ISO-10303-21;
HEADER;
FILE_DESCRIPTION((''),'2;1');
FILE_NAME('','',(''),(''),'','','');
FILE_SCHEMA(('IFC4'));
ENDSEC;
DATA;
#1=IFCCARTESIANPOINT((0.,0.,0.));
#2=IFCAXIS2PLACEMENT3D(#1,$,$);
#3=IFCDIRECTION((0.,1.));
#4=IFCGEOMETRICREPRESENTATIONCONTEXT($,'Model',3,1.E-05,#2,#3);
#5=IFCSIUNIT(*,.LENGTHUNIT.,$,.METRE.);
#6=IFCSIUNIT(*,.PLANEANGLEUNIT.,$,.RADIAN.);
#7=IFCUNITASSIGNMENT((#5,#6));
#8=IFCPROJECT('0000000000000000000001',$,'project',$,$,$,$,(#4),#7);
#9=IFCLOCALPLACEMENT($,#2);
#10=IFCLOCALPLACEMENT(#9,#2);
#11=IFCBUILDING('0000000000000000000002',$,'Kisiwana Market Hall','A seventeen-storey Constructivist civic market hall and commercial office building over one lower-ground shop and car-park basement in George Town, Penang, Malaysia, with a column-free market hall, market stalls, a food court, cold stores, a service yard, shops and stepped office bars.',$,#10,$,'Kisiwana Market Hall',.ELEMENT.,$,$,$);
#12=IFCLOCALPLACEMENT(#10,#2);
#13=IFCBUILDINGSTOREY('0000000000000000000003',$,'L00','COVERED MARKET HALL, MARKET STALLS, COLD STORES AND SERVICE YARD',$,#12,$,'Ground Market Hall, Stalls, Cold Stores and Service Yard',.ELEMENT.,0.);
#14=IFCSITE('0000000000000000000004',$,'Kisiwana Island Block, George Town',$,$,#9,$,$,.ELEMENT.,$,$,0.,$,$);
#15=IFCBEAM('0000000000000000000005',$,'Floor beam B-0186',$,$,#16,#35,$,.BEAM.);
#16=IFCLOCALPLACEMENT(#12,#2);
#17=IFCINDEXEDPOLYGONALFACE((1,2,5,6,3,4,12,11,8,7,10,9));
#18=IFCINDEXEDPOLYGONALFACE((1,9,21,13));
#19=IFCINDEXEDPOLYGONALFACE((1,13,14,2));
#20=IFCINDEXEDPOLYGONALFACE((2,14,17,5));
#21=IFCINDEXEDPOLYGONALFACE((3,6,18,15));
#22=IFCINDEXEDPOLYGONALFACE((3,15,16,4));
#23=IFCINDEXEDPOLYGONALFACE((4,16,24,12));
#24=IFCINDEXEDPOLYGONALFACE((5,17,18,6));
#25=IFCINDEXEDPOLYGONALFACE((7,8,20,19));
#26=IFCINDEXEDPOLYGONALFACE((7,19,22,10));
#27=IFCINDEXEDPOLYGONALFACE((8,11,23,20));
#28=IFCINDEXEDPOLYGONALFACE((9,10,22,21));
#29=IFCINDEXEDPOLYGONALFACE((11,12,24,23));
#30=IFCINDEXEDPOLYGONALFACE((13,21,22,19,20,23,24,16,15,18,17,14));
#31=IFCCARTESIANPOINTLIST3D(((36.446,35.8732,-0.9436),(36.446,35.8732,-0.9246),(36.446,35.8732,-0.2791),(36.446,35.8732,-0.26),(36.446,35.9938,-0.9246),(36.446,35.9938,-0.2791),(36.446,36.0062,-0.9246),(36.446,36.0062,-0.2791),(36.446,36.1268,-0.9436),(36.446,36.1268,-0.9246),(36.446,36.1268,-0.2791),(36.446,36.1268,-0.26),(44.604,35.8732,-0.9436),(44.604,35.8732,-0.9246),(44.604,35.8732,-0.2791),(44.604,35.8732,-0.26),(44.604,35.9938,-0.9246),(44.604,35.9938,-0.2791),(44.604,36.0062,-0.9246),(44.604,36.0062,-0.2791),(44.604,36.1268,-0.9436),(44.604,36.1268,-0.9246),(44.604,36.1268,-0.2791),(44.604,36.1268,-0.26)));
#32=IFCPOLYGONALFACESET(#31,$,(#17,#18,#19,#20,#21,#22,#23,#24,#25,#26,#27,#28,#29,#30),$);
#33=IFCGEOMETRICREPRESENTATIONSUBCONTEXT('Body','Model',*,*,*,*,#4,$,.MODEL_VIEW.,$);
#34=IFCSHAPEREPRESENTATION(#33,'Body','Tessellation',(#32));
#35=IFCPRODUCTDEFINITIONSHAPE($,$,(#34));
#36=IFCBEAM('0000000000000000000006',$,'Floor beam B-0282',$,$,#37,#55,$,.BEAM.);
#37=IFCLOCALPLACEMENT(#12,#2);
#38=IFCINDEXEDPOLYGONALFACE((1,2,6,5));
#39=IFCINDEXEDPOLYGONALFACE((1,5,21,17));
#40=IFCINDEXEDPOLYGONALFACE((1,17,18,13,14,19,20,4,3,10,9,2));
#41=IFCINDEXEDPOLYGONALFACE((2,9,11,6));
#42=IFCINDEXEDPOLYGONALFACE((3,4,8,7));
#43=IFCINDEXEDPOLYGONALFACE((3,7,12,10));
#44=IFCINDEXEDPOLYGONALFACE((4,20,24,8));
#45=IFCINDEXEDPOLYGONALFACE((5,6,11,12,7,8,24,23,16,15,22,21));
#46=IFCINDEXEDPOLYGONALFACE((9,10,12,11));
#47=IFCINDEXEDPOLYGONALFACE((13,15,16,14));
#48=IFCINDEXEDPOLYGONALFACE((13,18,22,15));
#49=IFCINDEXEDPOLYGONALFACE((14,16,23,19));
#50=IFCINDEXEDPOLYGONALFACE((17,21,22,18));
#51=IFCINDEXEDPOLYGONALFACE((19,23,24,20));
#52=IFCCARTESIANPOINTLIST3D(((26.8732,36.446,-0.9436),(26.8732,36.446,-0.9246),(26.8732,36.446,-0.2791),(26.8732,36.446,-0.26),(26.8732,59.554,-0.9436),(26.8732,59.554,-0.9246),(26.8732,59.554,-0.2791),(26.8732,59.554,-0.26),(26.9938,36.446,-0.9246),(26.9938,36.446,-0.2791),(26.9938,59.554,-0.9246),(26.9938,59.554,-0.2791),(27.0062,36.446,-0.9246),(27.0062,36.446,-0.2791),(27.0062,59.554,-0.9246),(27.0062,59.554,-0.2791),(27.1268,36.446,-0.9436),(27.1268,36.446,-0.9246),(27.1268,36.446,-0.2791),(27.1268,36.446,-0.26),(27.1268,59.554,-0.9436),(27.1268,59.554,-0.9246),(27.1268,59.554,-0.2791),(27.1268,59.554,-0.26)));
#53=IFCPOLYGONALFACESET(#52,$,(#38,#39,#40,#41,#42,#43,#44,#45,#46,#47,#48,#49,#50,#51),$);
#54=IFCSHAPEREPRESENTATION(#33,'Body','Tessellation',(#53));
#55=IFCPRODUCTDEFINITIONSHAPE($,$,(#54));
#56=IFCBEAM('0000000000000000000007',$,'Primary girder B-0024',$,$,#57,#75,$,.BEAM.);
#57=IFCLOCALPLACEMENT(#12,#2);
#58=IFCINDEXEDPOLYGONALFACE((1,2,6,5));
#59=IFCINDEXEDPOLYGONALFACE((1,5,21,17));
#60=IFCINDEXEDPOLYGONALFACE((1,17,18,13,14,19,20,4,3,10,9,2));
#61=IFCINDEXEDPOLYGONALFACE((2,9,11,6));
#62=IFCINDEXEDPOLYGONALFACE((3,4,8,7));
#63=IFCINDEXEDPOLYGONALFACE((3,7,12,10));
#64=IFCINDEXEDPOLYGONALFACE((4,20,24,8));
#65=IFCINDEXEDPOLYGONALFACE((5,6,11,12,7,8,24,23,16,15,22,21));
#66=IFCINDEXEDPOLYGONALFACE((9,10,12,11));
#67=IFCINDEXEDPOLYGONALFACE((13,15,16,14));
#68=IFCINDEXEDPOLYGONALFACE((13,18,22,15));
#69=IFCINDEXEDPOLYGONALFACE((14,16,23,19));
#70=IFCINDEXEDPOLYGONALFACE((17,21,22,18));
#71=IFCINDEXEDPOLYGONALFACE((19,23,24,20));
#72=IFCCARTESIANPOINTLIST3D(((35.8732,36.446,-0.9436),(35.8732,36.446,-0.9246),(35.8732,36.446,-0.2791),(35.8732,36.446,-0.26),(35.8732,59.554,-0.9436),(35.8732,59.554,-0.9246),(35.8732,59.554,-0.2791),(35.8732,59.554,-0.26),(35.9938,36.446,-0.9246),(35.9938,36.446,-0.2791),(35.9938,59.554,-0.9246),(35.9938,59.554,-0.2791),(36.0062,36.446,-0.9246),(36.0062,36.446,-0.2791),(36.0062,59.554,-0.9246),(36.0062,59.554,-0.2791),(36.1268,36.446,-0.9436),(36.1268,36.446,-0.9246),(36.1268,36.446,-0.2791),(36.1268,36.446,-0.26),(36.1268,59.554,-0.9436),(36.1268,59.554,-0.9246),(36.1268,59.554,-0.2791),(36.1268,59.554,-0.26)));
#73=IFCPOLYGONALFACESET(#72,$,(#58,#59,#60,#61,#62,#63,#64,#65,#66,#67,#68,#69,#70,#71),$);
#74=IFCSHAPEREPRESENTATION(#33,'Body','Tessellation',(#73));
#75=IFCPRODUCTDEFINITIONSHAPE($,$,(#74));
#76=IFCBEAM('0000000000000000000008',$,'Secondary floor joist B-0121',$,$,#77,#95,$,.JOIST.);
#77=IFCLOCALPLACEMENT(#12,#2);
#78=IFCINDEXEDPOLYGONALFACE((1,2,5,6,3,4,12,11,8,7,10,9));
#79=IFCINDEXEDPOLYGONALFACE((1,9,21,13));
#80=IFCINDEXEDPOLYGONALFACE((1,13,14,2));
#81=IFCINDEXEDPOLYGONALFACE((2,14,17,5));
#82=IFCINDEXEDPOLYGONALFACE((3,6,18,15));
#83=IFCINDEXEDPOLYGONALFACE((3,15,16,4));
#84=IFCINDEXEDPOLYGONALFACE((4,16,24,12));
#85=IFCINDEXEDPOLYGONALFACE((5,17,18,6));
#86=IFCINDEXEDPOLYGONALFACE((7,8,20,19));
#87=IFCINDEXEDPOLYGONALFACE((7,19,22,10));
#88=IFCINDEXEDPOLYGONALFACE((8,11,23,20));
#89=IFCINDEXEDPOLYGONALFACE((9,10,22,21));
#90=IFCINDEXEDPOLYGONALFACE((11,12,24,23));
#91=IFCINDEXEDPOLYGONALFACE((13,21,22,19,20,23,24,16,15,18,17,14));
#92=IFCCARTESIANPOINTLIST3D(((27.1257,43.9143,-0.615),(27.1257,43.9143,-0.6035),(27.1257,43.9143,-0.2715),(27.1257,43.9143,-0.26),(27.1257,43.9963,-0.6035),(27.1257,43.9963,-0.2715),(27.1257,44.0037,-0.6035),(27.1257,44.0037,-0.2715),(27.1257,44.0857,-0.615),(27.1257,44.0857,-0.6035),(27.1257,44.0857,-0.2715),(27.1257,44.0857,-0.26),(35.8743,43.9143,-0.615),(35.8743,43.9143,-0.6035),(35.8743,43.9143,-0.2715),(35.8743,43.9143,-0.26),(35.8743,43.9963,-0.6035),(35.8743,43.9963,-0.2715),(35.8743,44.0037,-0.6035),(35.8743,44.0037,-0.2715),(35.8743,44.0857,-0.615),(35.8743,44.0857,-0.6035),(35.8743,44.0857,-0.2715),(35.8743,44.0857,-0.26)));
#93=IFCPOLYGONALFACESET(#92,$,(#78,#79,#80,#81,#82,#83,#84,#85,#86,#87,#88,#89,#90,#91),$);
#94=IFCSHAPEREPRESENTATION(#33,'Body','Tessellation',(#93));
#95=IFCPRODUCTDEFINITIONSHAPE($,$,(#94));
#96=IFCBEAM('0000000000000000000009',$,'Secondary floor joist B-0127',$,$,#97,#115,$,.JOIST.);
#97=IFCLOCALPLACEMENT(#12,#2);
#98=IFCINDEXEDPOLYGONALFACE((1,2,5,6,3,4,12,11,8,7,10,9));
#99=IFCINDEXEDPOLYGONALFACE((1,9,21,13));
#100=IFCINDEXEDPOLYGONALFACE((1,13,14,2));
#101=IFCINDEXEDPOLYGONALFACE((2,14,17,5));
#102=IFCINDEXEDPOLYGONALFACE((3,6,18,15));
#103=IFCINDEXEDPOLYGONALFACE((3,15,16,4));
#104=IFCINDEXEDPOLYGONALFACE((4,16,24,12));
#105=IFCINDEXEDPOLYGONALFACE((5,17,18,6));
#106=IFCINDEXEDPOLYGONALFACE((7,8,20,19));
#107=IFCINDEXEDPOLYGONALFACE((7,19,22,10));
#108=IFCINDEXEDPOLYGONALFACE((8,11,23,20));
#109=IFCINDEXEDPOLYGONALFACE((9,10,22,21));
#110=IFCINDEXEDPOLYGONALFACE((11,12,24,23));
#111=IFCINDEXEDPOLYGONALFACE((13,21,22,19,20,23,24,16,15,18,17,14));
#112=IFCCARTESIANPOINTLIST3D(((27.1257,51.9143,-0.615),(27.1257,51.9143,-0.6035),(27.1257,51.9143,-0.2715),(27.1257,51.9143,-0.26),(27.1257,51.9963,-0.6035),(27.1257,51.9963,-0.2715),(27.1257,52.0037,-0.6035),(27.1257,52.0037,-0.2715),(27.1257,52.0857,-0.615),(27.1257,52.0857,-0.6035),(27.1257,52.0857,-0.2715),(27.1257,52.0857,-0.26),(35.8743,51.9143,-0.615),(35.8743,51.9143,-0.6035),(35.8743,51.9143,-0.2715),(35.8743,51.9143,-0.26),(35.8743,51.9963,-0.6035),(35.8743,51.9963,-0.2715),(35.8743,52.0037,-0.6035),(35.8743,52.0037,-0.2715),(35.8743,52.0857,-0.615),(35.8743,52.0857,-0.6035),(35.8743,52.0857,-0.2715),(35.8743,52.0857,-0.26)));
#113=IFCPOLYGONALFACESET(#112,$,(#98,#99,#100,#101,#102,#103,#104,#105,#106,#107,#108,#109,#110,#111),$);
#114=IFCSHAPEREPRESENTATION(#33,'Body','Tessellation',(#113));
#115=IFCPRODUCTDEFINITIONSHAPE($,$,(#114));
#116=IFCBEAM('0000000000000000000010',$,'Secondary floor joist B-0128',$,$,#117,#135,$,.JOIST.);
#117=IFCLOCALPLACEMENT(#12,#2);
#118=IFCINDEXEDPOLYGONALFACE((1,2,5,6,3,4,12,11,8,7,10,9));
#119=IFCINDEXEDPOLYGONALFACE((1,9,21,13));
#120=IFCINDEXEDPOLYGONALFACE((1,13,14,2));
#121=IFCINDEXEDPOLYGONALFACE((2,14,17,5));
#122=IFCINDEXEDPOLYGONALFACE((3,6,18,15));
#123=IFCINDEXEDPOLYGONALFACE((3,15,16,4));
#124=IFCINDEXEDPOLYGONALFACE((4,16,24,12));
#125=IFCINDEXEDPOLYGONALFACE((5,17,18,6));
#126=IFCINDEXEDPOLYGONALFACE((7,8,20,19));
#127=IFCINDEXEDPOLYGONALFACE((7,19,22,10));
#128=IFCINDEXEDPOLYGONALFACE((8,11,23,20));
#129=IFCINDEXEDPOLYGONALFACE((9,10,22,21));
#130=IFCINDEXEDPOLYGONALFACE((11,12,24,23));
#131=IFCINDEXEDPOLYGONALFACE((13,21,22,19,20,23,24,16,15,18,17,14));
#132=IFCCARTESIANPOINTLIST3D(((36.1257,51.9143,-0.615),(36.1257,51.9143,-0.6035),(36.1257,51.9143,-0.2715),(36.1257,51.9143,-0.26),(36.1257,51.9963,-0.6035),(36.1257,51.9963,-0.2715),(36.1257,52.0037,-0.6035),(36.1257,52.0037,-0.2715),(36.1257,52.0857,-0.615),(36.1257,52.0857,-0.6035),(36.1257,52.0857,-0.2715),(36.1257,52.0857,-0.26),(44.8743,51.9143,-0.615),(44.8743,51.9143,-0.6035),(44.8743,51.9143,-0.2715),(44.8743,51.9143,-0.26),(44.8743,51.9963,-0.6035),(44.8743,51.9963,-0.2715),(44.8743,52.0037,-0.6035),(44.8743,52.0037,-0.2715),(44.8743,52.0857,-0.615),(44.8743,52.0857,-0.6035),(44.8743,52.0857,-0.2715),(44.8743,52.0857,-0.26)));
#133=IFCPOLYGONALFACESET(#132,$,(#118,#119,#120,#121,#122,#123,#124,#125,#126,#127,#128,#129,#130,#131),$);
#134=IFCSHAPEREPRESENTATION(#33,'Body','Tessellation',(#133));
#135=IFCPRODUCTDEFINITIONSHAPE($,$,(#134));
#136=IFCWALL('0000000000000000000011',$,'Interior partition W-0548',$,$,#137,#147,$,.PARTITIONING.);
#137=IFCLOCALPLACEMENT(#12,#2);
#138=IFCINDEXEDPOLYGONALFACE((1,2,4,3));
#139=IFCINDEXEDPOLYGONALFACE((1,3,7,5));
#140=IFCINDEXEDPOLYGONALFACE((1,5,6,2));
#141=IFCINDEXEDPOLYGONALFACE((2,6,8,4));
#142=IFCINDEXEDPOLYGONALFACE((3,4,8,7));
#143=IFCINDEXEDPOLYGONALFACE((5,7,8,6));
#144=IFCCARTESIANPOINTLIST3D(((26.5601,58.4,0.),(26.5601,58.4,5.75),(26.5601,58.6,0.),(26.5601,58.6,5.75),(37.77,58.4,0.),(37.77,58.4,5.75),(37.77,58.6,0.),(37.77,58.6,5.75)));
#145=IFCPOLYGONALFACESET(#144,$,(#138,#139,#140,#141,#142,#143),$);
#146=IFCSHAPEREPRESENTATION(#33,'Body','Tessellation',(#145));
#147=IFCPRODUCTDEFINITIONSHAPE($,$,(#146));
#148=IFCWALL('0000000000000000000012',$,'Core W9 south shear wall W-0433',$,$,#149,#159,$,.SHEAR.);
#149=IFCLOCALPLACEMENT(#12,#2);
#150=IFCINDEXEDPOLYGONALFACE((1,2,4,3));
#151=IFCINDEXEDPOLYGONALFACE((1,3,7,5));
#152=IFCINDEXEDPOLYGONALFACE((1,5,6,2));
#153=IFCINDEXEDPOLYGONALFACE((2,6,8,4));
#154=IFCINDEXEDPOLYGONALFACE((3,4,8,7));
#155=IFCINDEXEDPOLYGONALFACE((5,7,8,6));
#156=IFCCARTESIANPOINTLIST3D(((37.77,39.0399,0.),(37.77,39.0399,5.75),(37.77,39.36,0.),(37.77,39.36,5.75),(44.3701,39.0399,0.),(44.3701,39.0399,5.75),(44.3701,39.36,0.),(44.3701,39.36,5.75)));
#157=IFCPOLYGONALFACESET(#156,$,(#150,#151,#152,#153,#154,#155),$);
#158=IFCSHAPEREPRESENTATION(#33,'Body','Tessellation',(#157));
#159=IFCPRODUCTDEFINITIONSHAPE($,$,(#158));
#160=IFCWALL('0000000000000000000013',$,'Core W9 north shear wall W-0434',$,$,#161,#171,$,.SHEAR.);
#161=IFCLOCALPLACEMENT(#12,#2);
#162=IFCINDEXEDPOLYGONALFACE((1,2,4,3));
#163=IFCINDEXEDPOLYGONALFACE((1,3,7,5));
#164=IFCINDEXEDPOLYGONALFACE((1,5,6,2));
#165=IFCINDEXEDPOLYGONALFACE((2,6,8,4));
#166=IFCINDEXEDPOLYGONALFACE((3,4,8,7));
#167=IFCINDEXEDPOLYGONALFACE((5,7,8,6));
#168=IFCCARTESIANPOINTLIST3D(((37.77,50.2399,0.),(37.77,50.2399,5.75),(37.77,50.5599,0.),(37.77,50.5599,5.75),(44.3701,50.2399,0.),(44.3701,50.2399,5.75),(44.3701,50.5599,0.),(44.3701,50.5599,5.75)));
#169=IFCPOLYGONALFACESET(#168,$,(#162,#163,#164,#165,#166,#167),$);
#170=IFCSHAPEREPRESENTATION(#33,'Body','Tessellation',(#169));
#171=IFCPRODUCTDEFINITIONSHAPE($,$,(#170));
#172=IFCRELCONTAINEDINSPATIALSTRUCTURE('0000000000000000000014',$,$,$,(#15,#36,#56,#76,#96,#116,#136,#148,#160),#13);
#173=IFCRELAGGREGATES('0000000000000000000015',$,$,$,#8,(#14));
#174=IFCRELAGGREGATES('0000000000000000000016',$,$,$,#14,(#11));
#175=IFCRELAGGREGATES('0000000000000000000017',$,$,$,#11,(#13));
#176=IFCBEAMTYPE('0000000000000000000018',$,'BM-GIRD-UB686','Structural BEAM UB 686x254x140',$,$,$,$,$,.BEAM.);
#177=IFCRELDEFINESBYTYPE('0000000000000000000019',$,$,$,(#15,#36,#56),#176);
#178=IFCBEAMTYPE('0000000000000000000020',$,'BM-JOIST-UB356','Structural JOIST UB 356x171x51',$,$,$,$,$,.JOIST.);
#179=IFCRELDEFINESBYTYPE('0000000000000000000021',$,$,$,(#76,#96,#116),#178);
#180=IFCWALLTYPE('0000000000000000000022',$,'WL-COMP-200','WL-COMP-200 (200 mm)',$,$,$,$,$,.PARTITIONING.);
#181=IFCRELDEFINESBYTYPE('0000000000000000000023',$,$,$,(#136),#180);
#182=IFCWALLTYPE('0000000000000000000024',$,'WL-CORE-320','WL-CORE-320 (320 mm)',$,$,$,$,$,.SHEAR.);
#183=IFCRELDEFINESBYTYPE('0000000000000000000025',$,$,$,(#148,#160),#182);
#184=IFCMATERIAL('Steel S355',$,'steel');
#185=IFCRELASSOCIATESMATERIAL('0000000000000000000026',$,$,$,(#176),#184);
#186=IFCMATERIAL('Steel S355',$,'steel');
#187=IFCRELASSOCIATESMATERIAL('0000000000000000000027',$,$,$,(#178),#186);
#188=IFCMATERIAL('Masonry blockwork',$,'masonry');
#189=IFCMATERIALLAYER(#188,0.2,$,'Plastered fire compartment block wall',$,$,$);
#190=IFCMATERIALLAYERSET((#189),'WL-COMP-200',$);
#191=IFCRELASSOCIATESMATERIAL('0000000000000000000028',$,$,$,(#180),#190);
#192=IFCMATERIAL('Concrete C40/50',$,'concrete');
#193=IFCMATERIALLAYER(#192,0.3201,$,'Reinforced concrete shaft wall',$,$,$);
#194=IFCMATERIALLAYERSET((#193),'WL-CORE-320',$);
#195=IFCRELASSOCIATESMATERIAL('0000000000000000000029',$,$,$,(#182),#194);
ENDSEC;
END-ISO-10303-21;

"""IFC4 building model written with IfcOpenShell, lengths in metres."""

from ifc_helpers import new_model, si_unit, direction, frame, frame_2d, origin, origin_2d, place, context, subcontext, project, spatial, rectangle, i_section, extrude, material, layer, layer_set, material_profile, profile_set, type_object, element, save


model = new_model("IFC4")

# Units and contexts
model_context = context("Model", 3, precision=1e-05, world=origin(), true_north=direction((0.0, 1.0)))
body_context = subcontext(model_context, "Body", "Model", "MODEL_VIEW")
ifc_project = project(units=[si_unit("LENGTHUNIT", "METRE"), si_unit("PLANEANGLEUNIT", "RADIAN")], contexts=[model_context])

# Site, building, storey
site_placement = place(None, origin())
site = spatial("IfcSite", under=ifc_project, at=site_placement, Name="Kisiwana Island Block, George Town", CompositionType="ELEMENT", RefElevation=0.0)
building_placement = place(site_placement, origin())
building = spatial("IfcBuilding", under=site, at=building_placement, Name="Kisiwana Market Hall", Description="A seventeen-storey Constructivist civic market hall and commercial office building over one lower-ground shop and car-park basement in George Town, Penang, Malaysia, with a column-free market hall, market stalls, a food court, cold stores, a service yard, shops and stepped office bars.", LongName="Kisiwana Market Hall", CompositionType="ELEMENT")
storey_placement = place(building_placement, origin())
storey = spatial("IfcBuildingStorey", under=building, at=storey_placement, Name="L00", Description="COVERED MARKET HALL, MARKET STALLS, COLD STORES AND SERVICE YARD", LongName="Ground Market Hall, Stalls, Cold Stores and Service Yard", CompositionType="ELEMENT", Elevation=0.0)

# Beams
ifc_material_1 = material(Name="Steel S355", Category="steel")
ifc_material_profile_1 = material_profile(ifc_material_1, i_section(OverallWidth=0.2537, OverallDepth=0.6836, WebThickness=0.0125, FlangeThickness=0.019, at=origin_2d()), Name="UB 686x254x140")
ifc_profile_set_1 = profile_set([ifc_material_profile_1], Name="Steel S355")
beam_type_1 = type_object("IfcBeamType", Name="BM-GIRD-UB686", Description="Structural BEAM UB 686x254x140", PredefinedType="BEAM", material=ifc_profile_set_1)
beam_placement = place(storey_placement, frame((36.446, 36.0, -0.6018), z_axis=(1.0, 0.0, 0.0), x_axis=(0.0, 1.0, 0.0)))
element("IfcBeam", 1, at=beam_placement, inside=storey, type_object=beam_type_1, Name="Floor beam B-0186", PredefinedType="BEAM", context=body_context, shape_type="SweptSolid", body=[
    extrude(i_section(OverallWidth=0.2537, OverallDepth=0.6836, WebThickness=0.0125, FlangeThickness=0.019, at=origin_2d()), origin(), (0.0, 0.0, 1.0), 8.158),
])
for number, where, z_axis, x_axis, name in (
    (2, (27.0, 36.446, -0.6018), (0.0, 1.0, 0.0), (-1.0, 0.0, 0.0), "Floor beam B-0282"),
    (3, (36.0, 36.446, -0.6018), (0.0, 1.0, 0.0), (-1.0, 0.0, 0.0), "Primary girder B-0024"),
):
    element("IfcBeam", number, at=place(storey_placement, frame(where, z_axis=z_axis, x_axis=x_axis)), inside=storey, type_object=beam_type_1, Name=name, PredefinedType="BEAM", context=body_context, shape_type="SweptSolid", body=[
        extrude(i_section(OverallWidth=0.2537, OverallDepth=0.6836, WebThickness=0.0125, FlangeThickness=0.019, at=origin_2d()), origin(), (0.0, 0.0, 1.0), 23.1079),
    ])
ifc_material_2 = material(Name="Steel S355", Category="steel")
ifc_material_profile_2 = material_profile(ifc_material_2, i_section(OverallWidth=0.1714, OverallDepth=0.355, WebThickness=0.0073, FlangeThickness=0.0115, at=origin_2d()), Name="UB 356x171x51")
ifc_profile_set_2 = profile_set([ifc_material_profile_2], Name="Steel S355")
beam_type_2 = type_object("IfcBeamType", Name="BM-JOIST-UB356", Description="Structural JOIST UB 356x171x51", PredefinedType="JOIST", material=ifc_profile_set_2)
for number, where, z_axis, x_axis, name in (
    (4, (27.1257, 44.0, -0.4375), (1.0, 0.0, 0.0), (0.0, 1.0, 0.0), "Secondary floor joist B-0121"),
    (5, (27.1257, 52.0, -0.4375), (1.0, 0.0, 0.0), (0.0, 1.0, 0.0), "Secondary floor joist B-0127"),
    (6, (36.1257, 52.0, -0.4375), (1.0, 0.0, 0.0), (0.0, 1.0, 0.0), "Secondary floor joist B-0128"),
):
    element("IfcBeam", number, at=place(storey_placement, frame(where, z_axis=z_axis, x_axis=x_axis)), inside=storey, type_object=beam_type_2, Name=name, PredefinedType="JOIST", context=body_context, shape_type="SweptSolid", body=[
        extrude(i_section(OverallWidth=0.1714, OverallDepth=0.355, WebThickness=0.0073, FlangeThickness=0.0115, at=origin_2d()), origin(), (0.0, 0.0, 1.0), 8.7485),
    ])

# Walls
ifc_material_3 = material(Name="Masonry blockwork", Category="masonry")
ifc_layer_1 = layer(ifc_material_3, 0.2, Name="Plastered fire compartment block wall")
ifc_layer_set_1 = layer_set([ifc_layer_1], Name="WL-COMP-200")
wall_type_1 = type_object("IfcWallType", Name="WL-COMP-200", Description="WL-COMP-200 (200 mm)", PredefinedType="PARTITIONING", material=ifc_layer_set_1)
wall_1_placement = place(storey_placement, frame((26.5601, 58.5, 0.0), z_axis=(0.0, 0.0, 1.0), x_axis=(1.0, 0.0, 0.0)))
element("IfcWall", 7, at=wall_1_placement, inside=storey, type_object=wall_type_1, Name="Interior partition W-0548", PredefinedType="PARTITIONING", context=body_context, shape_type="SweptSolid", body=[
    extrude(rectangle(XDim=11.21, YDim=0.2, at=frame_2d((5.605, 0.0))), origin(), (0.0, 0.0, 1.0), 5.75),
])
ifc_material_4 = material(Name="Concrete C40/50", Category="concrete")
ifc_layer_2 = layer(ifc_material_4, 0.3201, Name="Reinforced concrete shaft wall")
ifc_layer_set_2 = layer_set([ifc_layer_2], Name="WL-CORE-320")
wall_type_2 = type_object("IfcWallType", Name="WL-CORE-320", Description="WL-CORE-320 (320 mm)", PredefinedType="SHEAR", material=ifc_layer_set_2)
for number, where, z_axis, x_axis, name in (
    (8, (37.77, 39.2, 0.0), (0.0, 0.0, 1.0), (1.0, 0.0, 0.0), "Core W9 south shear wall W-0433"),
    (9, (37.77, 50.3999, 0.0), (0.0, 0.0, 1.0), (1.0, 0.0, 0.0), "Core W9 north shear wall W-0434"),
):
    element("IfcWall", number, at=place(storey_placement, frame(where, z_axis=z_axis, x_axis=x_axis)), inside=storey, type_object=wall_type_2, Name=name, PredefinedType="SHEAR", context=body_context, shape_type="SweptSolid", body=[
        extrude(rectangle(XDim=6.6001, YDim=0.3201, at=frame_2d((3.3, 0.0))), origin(), (0.0, 0.0, 1.0), 5.75),
    ])

save(model, "model.ifc")
